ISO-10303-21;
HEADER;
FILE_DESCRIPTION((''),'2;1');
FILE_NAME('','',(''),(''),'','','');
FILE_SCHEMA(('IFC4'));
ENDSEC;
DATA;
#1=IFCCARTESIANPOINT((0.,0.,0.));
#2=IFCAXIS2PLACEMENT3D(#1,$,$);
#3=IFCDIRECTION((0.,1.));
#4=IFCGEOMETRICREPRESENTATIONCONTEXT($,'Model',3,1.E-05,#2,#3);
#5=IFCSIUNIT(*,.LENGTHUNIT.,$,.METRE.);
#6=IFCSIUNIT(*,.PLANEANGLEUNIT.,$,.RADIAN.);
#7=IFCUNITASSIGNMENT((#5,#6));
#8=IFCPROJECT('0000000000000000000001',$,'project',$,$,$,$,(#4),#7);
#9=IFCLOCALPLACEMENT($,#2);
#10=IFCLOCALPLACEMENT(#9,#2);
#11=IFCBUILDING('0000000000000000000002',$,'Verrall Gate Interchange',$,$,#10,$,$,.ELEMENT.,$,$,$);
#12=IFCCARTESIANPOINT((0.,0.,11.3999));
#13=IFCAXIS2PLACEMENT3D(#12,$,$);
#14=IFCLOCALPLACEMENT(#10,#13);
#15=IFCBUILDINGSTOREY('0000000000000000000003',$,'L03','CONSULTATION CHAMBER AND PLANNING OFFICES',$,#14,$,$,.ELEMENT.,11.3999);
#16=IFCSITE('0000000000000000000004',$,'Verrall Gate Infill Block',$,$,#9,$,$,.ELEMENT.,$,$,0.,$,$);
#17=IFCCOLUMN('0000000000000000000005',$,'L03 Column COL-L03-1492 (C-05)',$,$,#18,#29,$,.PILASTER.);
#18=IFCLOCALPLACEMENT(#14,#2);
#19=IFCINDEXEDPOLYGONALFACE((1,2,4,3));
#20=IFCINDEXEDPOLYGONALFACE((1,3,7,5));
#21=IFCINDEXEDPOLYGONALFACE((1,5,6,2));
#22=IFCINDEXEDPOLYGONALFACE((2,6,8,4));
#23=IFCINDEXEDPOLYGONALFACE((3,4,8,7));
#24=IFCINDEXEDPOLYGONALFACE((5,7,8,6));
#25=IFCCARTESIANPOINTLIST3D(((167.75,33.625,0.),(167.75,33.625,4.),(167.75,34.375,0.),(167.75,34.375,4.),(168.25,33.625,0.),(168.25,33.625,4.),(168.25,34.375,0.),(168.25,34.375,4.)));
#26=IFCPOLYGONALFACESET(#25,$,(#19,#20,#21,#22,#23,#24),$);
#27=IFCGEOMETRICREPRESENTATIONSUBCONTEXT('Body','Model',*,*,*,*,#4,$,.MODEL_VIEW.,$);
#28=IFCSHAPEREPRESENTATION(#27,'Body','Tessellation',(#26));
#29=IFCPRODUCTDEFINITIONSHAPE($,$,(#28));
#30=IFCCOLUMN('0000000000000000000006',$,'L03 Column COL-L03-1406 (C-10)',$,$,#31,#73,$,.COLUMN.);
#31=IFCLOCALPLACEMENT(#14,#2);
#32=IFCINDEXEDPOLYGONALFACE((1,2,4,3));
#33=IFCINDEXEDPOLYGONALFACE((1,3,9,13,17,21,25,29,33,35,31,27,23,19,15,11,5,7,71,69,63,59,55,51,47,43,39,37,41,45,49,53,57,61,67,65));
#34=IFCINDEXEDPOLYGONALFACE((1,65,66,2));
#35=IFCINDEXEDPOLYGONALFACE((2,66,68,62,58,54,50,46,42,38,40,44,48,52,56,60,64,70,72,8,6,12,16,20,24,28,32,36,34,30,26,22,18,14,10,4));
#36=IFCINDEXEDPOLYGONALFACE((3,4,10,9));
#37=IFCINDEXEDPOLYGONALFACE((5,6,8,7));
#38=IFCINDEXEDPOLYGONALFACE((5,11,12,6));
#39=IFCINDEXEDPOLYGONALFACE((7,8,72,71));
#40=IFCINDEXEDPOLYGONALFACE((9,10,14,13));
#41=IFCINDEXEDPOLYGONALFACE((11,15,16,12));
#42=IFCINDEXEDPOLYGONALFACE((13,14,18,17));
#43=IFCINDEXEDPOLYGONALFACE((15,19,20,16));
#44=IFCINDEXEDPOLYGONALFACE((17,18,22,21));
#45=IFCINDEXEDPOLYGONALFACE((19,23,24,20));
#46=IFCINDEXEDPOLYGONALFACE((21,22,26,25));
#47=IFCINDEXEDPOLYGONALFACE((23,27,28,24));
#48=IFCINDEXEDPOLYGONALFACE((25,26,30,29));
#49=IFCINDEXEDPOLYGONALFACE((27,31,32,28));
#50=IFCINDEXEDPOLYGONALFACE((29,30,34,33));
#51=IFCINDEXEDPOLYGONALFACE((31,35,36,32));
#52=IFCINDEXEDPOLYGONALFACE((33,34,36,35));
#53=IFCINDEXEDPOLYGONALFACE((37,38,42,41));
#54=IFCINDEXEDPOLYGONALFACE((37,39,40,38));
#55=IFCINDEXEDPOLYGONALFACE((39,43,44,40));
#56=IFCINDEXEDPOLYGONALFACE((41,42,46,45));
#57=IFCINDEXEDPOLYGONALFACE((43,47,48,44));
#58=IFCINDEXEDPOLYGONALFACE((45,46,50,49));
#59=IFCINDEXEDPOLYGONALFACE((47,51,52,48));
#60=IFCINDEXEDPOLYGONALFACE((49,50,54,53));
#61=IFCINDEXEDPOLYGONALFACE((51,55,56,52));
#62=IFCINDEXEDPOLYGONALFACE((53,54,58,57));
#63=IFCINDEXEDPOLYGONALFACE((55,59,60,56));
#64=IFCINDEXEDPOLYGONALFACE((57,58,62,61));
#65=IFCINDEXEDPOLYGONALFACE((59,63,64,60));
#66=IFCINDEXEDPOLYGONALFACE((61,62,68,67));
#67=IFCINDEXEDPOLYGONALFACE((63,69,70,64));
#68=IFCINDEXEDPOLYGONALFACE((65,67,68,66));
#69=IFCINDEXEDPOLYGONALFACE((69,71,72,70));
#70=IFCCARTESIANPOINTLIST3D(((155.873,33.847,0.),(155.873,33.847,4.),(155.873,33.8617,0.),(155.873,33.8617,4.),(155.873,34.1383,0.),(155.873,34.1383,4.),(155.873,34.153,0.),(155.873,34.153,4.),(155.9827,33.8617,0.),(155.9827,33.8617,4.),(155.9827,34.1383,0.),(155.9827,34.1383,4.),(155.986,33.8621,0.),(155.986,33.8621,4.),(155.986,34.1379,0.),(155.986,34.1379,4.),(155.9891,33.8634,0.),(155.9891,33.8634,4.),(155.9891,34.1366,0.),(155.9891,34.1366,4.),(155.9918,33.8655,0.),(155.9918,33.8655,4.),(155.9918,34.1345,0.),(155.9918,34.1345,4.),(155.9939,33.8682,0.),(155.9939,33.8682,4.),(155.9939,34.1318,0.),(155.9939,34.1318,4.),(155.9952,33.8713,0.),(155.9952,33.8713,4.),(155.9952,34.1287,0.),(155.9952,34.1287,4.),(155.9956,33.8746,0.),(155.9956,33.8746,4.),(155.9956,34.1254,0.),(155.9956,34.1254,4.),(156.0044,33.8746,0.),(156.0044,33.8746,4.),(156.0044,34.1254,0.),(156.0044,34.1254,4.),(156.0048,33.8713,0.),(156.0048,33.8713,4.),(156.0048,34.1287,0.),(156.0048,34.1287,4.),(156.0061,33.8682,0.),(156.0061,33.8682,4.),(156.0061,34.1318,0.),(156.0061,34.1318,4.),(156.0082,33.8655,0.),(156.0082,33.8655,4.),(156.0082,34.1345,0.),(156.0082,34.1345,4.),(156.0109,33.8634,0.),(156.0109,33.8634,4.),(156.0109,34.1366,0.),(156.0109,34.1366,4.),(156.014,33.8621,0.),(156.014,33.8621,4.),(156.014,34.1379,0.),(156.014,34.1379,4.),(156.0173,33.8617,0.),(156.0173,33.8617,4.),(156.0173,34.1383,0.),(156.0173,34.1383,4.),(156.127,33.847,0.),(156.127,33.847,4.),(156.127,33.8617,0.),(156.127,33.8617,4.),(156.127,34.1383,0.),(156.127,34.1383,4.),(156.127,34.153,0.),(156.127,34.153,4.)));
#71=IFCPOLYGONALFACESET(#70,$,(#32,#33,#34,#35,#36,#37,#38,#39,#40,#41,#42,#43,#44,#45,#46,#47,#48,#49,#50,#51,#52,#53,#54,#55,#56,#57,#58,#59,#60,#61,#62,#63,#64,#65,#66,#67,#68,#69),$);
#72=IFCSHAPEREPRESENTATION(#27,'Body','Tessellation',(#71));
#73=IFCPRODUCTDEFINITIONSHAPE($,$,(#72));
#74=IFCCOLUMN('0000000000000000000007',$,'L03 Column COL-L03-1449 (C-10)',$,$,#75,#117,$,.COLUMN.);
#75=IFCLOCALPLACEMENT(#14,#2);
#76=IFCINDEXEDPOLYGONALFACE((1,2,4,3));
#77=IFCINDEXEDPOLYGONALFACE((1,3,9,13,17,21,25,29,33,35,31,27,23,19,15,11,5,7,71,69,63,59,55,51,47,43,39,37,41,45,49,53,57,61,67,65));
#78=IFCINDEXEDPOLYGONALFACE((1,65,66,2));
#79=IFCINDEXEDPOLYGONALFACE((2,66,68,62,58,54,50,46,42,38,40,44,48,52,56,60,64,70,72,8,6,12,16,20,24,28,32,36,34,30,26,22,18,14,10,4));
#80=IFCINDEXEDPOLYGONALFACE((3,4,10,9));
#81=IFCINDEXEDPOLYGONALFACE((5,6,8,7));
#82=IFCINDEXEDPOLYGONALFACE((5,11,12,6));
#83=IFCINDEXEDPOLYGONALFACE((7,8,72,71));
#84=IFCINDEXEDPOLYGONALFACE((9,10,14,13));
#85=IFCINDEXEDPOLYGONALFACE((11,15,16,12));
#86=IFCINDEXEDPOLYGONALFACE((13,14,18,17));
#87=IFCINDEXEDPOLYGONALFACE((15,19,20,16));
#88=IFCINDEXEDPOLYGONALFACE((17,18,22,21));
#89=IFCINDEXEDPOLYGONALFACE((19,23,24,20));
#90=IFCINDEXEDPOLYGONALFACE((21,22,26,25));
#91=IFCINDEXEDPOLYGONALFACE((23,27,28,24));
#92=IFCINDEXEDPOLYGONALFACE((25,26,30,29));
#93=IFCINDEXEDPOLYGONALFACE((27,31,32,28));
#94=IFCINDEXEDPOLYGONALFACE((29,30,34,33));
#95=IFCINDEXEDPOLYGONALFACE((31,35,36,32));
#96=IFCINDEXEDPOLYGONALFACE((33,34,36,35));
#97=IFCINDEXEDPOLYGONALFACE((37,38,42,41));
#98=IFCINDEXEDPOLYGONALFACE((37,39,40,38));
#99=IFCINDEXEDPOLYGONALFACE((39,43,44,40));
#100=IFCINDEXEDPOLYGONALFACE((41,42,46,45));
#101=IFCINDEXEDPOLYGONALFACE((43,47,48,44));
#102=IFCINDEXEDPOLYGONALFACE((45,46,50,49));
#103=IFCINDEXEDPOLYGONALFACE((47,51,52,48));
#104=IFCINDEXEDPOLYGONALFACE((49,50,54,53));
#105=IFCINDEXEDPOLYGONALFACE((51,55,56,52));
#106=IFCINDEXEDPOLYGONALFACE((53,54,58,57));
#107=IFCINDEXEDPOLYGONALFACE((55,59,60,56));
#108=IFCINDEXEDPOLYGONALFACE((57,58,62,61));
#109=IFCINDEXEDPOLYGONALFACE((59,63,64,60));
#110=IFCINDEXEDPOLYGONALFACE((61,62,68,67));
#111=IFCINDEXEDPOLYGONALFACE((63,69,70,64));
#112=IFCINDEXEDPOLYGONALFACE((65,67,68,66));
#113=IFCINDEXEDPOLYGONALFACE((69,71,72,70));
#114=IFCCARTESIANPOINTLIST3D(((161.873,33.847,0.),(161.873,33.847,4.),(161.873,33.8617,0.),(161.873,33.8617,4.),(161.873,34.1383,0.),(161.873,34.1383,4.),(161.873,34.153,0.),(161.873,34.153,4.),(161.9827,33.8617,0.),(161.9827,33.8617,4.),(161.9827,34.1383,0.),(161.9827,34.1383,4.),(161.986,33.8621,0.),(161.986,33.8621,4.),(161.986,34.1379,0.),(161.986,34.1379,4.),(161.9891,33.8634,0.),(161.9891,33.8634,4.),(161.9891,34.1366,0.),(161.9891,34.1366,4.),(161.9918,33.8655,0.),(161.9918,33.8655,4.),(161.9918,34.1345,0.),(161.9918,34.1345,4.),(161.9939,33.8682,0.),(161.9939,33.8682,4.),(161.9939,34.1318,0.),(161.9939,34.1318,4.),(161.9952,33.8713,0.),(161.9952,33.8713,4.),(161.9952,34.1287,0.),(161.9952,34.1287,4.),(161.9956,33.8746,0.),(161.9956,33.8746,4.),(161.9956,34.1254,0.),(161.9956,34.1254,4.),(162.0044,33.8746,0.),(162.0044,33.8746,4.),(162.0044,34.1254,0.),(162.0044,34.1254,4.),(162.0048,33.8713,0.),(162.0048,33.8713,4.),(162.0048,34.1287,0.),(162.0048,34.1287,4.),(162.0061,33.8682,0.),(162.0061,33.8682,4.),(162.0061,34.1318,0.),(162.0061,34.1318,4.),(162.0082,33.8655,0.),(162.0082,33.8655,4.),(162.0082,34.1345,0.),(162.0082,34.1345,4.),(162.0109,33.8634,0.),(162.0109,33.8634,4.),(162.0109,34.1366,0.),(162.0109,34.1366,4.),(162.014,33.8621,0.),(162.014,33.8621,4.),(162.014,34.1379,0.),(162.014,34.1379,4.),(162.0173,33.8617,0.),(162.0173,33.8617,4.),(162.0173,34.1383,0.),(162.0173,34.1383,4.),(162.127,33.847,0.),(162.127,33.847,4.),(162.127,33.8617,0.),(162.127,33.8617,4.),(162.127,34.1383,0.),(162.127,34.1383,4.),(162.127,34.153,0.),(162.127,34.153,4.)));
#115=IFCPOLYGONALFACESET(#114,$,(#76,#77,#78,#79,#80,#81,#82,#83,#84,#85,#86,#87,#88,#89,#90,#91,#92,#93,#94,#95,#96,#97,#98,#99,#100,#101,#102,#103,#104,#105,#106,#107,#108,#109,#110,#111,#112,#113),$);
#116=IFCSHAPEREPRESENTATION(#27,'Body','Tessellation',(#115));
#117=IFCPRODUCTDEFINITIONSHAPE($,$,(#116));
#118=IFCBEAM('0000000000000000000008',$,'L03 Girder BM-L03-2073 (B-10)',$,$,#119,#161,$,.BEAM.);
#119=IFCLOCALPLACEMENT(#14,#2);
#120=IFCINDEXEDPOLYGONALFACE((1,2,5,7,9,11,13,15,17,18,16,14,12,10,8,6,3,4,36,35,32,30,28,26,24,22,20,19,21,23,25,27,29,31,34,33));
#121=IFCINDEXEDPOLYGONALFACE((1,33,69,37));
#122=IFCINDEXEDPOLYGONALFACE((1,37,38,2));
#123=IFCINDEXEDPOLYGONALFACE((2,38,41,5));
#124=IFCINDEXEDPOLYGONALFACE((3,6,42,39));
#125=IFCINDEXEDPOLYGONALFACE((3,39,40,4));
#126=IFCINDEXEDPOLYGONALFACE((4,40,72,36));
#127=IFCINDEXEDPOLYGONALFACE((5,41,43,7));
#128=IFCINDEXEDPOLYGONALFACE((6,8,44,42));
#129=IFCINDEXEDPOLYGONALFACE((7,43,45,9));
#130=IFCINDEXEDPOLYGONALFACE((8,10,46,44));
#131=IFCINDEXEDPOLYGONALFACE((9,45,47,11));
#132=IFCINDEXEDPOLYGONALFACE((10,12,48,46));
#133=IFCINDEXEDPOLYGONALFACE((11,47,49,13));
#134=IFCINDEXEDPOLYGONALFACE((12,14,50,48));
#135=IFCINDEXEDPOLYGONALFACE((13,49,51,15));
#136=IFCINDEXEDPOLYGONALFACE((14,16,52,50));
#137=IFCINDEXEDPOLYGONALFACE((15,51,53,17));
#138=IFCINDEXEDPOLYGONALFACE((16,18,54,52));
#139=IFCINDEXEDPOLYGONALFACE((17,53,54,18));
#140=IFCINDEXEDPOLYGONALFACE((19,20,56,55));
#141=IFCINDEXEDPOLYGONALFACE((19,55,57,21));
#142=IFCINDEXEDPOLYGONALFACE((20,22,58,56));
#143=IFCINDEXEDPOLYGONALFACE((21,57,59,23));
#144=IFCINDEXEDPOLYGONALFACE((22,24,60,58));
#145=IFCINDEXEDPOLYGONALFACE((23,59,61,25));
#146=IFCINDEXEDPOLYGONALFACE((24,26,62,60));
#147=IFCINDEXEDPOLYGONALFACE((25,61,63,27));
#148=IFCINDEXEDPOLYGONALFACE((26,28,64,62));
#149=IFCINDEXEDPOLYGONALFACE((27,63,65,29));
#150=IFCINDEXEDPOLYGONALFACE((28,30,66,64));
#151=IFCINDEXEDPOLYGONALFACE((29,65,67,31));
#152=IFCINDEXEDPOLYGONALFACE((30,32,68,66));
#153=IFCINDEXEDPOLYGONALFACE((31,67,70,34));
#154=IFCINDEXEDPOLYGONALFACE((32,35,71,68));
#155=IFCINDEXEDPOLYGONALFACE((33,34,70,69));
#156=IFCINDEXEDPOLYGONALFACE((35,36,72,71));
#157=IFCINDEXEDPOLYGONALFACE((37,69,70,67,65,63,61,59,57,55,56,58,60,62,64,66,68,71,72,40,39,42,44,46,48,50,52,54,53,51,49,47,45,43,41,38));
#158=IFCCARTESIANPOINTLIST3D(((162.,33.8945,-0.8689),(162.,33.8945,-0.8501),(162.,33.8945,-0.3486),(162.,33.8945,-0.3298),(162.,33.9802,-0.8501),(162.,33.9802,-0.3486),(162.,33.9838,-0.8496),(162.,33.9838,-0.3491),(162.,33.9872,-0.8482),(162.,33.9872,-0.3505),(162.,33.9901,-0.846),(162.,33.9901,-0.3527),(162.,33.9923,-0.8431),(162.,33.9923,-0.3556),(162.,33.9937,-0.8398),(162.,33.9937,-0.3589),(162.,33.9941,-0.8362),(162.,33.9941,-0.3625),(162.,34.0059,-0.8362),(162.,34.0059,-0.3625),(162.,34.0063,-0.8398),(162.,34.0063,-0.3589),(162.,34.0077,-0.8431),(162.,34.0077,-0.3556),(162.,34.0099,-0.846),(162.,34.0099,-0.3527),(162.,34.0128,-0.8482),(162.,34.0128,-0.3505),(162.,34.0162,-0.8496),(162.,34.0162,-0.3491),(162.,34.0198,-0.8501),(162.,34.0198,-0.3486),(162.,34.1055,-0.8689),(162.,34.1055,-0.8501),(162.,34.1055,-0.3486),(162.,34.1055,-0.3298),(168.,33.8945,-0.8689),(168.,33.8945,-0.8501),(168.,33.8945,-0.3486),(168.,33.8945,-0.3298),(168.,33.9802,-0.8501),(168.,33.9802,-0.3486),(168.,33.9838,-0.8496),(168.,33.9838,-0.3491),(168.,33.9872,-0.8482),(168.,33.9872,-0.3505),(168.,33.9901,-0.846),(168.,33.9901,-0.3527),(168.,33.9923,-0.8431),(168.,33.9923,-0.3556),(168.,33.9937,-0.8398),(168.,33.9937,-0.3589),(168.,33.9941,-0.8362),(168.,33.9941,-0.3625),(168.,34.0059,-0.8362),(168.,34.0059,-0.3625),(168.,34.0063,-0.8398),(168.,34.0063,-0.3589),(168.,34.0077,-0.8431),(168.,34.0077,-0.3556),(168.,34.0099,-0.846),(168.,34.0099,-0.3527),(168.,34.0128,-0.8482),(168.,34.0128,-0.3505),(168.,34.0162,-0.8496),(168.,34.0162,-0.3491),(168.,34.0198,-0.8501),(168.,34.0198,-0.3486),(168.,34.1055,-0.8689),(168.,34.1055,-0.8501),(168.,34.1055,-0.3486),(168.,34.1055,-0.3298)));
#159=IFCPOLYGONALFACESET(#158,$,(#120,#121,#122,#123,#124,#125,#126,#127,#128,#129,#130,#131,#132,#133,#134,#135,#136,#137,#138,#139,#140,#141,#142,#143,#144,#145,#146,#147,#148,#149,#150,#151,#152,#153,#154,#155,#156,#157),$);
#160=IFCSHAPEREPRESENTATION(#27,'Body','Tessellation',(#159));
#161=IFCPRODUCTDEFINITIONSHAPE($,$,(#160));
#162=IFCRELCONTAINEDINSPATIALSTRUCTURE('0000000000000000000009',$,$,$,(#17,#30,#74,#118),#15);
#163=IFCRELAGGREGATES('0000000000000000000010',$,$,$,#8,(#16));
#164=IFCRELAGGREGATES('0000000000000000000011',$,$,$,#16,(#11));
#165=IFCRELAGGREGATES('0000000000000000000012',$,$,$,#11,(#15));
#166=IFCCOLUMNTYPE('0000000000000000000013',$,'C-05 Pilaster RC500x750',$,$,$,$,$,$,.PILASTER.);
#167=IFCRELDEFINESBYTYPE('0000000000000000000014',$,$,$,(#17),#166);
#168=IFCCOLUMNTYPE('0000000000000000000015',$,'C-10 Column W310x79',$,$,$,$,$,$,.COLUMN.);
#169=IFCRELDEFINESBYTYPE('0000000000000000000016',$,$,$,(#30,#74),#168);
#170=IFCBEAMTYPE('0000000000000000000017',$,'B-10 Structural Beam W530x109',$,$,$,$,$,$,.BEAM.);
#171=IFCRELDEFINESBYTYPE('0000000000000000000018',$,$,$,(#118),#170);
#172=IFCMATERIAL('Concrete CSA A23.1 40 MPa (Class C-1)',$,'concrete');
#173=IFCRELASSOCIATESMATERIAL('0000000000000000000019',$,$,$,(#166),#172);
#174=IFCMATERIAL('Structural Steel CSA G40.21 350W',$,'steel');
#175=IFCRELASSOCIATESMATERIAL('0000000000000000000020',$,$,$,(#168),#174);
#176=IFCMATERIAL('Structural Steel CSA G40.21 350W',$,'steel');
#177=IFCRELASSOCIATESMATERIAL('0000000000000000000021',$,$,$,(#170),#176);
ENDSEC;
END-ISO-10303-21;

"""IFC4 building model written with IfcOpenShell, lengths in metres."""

from ifc_helpers import new_model, si_unit, direction, frame, origin, origin_2d, place, context, subcontext, project, spatial, rectangle, i_section, extrude, material, material_profile, profile_set, type_object, element, save


model = new_model("IFC4")

# Units and contexts
model_context = context("Model", 3, precision=1e-05, world=origin(), true_north=direction((0.0, 1.0)))
body_context = subcontext(model_context, "Body", "Model", "MODEL_VIEW")
ifc_project = project(units=[si_unit("LENGTHUNIT", "METRE"), si_unit("PLANEANGLEUNIT", "RADIAN")], contexts=[model_context])

# Site, building, storey
site_placement = place(None, origin())
site = spatial("IfcSite", under=ifc_project, at=site_placement, Name="Verrall Gate Infill Block", CompositionType="ELEMENT", RefElevation=0.0)
building_placement = place(site_placement, origin())
building = spatial("IfcBuilding", under=site, at=building_placement, Name="Verrall Gate Interchange", CompositionType="ELEMENT")
storey_placement = place(building_placement, frame((0.0, 0.0, 11.3999)))
storey = spatial("IfcBuildingStorey", under=building, at=storey_placement, Name="L03", Description="CONSULTATION CHAMBER AND PLANNING OFFICES", CompositionType="ELEMENT", Elevation=11.3999)

# Columns
ifc_material_1 = material(Name="Concrete CSA A23.1 40 MPa (Class C-1)", Category="concrete")
ifc_material_profile_1 = material_profile(ifc_material_1, rectangle(XDim=0.5, YDim=0.75, at=origin_2d()), Name="RC500x750")
ifc_profile_set_1 = profile_set([ifc_material_profile_1], Name="Concrete CSA A23.1 40 MPa (Class C-1)")
column_type_1 = type_object("IfcColumnType", Name="C-05 Pilaster RC500x750", PredefinedType="PILASTER", material=ifc_profile_set_1)
column_placement = place(storey_placement, frame((168.0, 34.0, 0.0), z_axis=(0.0, 0.0, 1.0), x_axis=(1.0, 0.0, 0.0)))
element("IfcColumn", 1, at=column_placement, inside=storey, type_object=column_type_1, Name="L03 Column COL-L03-1492 (C-05)", PredefinedType="PILASTER", context=body_context, shape_type="SweptSolid", body=[
    extrude(rectangle(XDim=0.5, YDim=0.75, at=origin_2d()), origin(), (0.0, 0.0, 1.0), 4.0),
])
ifc_material_2 = material(Name="Structural Steel CSA G40.21 350W", Category="steel")
ifc_material_profile_2 = material_profile(ifc_material_2, i_section(OverallWidth=0.2539, OverallDepth=0.3059, WebThickness=0.0088, FlangeThickness=0.0146, FilletRadius=0.0129, at=origin_2d()), Name="W310x79")
ifc_profile_set_2 = profile_set([ifc_material_profile_2], Name="Structural Steel CSA G40.21 350W")
column_type_2 = type_object("IfcColumnType", Name="C-10 Column W310x79", PredefinedType="COLUMN", material=ifc_profile_set_2)
for number, where, z_axis, x_axis, name in (
    (2, (156.0, 34.0, 0.0), (0.0, 0.0, 1.0), (1.0, 0.0, 0.0), "L03 Column COL-L03-1406 (C-10)"),
    (3, (162.0, 34.0, 0.0), (0.0, 0.0, 1.0), (1.0, 0.0, 0.0), "L03 Column COL-L03-1449 (C-10)"),
):
    element("IfcColumn", number, at=place(storey_placement, frame(where, z_axis=z_axis, x_axis=x_axis)), inside=storey, type_object=column_type_2, Name=name, PredefinedType="COLUMN", context=body_context, shape_type="SweptSolid", body=[
        extrude(i_section(OverallWidth=0.2539, OverallDepth=0.3059, WebThickness=0.0088, FlangeThickness=0.0146, FilletRadius=0.0129, at=origin_2d()), origin(), (0.0, 0.0, 1.0), 4.0),
    ])

# Beam
ifc_material_3 = material(Name="Structural Steel CSA G40.21 350W", Category="steel")
ifc_material_profile_3 = material_profile(ifc_material_3, i_section(OverallWidth=0.2109, OverallDepth=0.5391, WebThickness=0.0117, FlangeThickness=0.0188, FilletRadius=0.0139, at=origin_2d()), Name="W530x109")
ifc_profile_set_3 = profile_set([ifc_material_profile_3], Name="Structural Steel CSA G40.21 350W")
beam_type_1 = type_object("IfcBeamType", Name="B-10 Structural Beam W530x109", PredefinedType="BEAM", material=ifc_profile_set_3)
for number, where, z_axis, x_axis, name in (
    (4, (162.0, 34.0, -0.5994), (1.0, 0.0, 0.0), (0.0, 1.0, 0.0), "L03 Girder BM-L03-2073 (B-10)"),
):
    element("IfcBeam", number, at=place(storey_placement, frame(where, z_axis=z_axis, x_axis=x_axis)), inside=storey, type_object=beam_type_1, Name=name, PredefinedType="BEAM", context=body_context, shape_type="SweptSolid", body=[
        extrude(i_section(OverallWidth=0.2109, OverallDepth=0.5391, WebThickness=0.0117, FlangeThickness=0.0188, FilletRadius=0.0139, at=origin_2d()), origin(), (0.0, 0.0, 1.0), 6.0),
    ])

save(model, "model.ifc")
